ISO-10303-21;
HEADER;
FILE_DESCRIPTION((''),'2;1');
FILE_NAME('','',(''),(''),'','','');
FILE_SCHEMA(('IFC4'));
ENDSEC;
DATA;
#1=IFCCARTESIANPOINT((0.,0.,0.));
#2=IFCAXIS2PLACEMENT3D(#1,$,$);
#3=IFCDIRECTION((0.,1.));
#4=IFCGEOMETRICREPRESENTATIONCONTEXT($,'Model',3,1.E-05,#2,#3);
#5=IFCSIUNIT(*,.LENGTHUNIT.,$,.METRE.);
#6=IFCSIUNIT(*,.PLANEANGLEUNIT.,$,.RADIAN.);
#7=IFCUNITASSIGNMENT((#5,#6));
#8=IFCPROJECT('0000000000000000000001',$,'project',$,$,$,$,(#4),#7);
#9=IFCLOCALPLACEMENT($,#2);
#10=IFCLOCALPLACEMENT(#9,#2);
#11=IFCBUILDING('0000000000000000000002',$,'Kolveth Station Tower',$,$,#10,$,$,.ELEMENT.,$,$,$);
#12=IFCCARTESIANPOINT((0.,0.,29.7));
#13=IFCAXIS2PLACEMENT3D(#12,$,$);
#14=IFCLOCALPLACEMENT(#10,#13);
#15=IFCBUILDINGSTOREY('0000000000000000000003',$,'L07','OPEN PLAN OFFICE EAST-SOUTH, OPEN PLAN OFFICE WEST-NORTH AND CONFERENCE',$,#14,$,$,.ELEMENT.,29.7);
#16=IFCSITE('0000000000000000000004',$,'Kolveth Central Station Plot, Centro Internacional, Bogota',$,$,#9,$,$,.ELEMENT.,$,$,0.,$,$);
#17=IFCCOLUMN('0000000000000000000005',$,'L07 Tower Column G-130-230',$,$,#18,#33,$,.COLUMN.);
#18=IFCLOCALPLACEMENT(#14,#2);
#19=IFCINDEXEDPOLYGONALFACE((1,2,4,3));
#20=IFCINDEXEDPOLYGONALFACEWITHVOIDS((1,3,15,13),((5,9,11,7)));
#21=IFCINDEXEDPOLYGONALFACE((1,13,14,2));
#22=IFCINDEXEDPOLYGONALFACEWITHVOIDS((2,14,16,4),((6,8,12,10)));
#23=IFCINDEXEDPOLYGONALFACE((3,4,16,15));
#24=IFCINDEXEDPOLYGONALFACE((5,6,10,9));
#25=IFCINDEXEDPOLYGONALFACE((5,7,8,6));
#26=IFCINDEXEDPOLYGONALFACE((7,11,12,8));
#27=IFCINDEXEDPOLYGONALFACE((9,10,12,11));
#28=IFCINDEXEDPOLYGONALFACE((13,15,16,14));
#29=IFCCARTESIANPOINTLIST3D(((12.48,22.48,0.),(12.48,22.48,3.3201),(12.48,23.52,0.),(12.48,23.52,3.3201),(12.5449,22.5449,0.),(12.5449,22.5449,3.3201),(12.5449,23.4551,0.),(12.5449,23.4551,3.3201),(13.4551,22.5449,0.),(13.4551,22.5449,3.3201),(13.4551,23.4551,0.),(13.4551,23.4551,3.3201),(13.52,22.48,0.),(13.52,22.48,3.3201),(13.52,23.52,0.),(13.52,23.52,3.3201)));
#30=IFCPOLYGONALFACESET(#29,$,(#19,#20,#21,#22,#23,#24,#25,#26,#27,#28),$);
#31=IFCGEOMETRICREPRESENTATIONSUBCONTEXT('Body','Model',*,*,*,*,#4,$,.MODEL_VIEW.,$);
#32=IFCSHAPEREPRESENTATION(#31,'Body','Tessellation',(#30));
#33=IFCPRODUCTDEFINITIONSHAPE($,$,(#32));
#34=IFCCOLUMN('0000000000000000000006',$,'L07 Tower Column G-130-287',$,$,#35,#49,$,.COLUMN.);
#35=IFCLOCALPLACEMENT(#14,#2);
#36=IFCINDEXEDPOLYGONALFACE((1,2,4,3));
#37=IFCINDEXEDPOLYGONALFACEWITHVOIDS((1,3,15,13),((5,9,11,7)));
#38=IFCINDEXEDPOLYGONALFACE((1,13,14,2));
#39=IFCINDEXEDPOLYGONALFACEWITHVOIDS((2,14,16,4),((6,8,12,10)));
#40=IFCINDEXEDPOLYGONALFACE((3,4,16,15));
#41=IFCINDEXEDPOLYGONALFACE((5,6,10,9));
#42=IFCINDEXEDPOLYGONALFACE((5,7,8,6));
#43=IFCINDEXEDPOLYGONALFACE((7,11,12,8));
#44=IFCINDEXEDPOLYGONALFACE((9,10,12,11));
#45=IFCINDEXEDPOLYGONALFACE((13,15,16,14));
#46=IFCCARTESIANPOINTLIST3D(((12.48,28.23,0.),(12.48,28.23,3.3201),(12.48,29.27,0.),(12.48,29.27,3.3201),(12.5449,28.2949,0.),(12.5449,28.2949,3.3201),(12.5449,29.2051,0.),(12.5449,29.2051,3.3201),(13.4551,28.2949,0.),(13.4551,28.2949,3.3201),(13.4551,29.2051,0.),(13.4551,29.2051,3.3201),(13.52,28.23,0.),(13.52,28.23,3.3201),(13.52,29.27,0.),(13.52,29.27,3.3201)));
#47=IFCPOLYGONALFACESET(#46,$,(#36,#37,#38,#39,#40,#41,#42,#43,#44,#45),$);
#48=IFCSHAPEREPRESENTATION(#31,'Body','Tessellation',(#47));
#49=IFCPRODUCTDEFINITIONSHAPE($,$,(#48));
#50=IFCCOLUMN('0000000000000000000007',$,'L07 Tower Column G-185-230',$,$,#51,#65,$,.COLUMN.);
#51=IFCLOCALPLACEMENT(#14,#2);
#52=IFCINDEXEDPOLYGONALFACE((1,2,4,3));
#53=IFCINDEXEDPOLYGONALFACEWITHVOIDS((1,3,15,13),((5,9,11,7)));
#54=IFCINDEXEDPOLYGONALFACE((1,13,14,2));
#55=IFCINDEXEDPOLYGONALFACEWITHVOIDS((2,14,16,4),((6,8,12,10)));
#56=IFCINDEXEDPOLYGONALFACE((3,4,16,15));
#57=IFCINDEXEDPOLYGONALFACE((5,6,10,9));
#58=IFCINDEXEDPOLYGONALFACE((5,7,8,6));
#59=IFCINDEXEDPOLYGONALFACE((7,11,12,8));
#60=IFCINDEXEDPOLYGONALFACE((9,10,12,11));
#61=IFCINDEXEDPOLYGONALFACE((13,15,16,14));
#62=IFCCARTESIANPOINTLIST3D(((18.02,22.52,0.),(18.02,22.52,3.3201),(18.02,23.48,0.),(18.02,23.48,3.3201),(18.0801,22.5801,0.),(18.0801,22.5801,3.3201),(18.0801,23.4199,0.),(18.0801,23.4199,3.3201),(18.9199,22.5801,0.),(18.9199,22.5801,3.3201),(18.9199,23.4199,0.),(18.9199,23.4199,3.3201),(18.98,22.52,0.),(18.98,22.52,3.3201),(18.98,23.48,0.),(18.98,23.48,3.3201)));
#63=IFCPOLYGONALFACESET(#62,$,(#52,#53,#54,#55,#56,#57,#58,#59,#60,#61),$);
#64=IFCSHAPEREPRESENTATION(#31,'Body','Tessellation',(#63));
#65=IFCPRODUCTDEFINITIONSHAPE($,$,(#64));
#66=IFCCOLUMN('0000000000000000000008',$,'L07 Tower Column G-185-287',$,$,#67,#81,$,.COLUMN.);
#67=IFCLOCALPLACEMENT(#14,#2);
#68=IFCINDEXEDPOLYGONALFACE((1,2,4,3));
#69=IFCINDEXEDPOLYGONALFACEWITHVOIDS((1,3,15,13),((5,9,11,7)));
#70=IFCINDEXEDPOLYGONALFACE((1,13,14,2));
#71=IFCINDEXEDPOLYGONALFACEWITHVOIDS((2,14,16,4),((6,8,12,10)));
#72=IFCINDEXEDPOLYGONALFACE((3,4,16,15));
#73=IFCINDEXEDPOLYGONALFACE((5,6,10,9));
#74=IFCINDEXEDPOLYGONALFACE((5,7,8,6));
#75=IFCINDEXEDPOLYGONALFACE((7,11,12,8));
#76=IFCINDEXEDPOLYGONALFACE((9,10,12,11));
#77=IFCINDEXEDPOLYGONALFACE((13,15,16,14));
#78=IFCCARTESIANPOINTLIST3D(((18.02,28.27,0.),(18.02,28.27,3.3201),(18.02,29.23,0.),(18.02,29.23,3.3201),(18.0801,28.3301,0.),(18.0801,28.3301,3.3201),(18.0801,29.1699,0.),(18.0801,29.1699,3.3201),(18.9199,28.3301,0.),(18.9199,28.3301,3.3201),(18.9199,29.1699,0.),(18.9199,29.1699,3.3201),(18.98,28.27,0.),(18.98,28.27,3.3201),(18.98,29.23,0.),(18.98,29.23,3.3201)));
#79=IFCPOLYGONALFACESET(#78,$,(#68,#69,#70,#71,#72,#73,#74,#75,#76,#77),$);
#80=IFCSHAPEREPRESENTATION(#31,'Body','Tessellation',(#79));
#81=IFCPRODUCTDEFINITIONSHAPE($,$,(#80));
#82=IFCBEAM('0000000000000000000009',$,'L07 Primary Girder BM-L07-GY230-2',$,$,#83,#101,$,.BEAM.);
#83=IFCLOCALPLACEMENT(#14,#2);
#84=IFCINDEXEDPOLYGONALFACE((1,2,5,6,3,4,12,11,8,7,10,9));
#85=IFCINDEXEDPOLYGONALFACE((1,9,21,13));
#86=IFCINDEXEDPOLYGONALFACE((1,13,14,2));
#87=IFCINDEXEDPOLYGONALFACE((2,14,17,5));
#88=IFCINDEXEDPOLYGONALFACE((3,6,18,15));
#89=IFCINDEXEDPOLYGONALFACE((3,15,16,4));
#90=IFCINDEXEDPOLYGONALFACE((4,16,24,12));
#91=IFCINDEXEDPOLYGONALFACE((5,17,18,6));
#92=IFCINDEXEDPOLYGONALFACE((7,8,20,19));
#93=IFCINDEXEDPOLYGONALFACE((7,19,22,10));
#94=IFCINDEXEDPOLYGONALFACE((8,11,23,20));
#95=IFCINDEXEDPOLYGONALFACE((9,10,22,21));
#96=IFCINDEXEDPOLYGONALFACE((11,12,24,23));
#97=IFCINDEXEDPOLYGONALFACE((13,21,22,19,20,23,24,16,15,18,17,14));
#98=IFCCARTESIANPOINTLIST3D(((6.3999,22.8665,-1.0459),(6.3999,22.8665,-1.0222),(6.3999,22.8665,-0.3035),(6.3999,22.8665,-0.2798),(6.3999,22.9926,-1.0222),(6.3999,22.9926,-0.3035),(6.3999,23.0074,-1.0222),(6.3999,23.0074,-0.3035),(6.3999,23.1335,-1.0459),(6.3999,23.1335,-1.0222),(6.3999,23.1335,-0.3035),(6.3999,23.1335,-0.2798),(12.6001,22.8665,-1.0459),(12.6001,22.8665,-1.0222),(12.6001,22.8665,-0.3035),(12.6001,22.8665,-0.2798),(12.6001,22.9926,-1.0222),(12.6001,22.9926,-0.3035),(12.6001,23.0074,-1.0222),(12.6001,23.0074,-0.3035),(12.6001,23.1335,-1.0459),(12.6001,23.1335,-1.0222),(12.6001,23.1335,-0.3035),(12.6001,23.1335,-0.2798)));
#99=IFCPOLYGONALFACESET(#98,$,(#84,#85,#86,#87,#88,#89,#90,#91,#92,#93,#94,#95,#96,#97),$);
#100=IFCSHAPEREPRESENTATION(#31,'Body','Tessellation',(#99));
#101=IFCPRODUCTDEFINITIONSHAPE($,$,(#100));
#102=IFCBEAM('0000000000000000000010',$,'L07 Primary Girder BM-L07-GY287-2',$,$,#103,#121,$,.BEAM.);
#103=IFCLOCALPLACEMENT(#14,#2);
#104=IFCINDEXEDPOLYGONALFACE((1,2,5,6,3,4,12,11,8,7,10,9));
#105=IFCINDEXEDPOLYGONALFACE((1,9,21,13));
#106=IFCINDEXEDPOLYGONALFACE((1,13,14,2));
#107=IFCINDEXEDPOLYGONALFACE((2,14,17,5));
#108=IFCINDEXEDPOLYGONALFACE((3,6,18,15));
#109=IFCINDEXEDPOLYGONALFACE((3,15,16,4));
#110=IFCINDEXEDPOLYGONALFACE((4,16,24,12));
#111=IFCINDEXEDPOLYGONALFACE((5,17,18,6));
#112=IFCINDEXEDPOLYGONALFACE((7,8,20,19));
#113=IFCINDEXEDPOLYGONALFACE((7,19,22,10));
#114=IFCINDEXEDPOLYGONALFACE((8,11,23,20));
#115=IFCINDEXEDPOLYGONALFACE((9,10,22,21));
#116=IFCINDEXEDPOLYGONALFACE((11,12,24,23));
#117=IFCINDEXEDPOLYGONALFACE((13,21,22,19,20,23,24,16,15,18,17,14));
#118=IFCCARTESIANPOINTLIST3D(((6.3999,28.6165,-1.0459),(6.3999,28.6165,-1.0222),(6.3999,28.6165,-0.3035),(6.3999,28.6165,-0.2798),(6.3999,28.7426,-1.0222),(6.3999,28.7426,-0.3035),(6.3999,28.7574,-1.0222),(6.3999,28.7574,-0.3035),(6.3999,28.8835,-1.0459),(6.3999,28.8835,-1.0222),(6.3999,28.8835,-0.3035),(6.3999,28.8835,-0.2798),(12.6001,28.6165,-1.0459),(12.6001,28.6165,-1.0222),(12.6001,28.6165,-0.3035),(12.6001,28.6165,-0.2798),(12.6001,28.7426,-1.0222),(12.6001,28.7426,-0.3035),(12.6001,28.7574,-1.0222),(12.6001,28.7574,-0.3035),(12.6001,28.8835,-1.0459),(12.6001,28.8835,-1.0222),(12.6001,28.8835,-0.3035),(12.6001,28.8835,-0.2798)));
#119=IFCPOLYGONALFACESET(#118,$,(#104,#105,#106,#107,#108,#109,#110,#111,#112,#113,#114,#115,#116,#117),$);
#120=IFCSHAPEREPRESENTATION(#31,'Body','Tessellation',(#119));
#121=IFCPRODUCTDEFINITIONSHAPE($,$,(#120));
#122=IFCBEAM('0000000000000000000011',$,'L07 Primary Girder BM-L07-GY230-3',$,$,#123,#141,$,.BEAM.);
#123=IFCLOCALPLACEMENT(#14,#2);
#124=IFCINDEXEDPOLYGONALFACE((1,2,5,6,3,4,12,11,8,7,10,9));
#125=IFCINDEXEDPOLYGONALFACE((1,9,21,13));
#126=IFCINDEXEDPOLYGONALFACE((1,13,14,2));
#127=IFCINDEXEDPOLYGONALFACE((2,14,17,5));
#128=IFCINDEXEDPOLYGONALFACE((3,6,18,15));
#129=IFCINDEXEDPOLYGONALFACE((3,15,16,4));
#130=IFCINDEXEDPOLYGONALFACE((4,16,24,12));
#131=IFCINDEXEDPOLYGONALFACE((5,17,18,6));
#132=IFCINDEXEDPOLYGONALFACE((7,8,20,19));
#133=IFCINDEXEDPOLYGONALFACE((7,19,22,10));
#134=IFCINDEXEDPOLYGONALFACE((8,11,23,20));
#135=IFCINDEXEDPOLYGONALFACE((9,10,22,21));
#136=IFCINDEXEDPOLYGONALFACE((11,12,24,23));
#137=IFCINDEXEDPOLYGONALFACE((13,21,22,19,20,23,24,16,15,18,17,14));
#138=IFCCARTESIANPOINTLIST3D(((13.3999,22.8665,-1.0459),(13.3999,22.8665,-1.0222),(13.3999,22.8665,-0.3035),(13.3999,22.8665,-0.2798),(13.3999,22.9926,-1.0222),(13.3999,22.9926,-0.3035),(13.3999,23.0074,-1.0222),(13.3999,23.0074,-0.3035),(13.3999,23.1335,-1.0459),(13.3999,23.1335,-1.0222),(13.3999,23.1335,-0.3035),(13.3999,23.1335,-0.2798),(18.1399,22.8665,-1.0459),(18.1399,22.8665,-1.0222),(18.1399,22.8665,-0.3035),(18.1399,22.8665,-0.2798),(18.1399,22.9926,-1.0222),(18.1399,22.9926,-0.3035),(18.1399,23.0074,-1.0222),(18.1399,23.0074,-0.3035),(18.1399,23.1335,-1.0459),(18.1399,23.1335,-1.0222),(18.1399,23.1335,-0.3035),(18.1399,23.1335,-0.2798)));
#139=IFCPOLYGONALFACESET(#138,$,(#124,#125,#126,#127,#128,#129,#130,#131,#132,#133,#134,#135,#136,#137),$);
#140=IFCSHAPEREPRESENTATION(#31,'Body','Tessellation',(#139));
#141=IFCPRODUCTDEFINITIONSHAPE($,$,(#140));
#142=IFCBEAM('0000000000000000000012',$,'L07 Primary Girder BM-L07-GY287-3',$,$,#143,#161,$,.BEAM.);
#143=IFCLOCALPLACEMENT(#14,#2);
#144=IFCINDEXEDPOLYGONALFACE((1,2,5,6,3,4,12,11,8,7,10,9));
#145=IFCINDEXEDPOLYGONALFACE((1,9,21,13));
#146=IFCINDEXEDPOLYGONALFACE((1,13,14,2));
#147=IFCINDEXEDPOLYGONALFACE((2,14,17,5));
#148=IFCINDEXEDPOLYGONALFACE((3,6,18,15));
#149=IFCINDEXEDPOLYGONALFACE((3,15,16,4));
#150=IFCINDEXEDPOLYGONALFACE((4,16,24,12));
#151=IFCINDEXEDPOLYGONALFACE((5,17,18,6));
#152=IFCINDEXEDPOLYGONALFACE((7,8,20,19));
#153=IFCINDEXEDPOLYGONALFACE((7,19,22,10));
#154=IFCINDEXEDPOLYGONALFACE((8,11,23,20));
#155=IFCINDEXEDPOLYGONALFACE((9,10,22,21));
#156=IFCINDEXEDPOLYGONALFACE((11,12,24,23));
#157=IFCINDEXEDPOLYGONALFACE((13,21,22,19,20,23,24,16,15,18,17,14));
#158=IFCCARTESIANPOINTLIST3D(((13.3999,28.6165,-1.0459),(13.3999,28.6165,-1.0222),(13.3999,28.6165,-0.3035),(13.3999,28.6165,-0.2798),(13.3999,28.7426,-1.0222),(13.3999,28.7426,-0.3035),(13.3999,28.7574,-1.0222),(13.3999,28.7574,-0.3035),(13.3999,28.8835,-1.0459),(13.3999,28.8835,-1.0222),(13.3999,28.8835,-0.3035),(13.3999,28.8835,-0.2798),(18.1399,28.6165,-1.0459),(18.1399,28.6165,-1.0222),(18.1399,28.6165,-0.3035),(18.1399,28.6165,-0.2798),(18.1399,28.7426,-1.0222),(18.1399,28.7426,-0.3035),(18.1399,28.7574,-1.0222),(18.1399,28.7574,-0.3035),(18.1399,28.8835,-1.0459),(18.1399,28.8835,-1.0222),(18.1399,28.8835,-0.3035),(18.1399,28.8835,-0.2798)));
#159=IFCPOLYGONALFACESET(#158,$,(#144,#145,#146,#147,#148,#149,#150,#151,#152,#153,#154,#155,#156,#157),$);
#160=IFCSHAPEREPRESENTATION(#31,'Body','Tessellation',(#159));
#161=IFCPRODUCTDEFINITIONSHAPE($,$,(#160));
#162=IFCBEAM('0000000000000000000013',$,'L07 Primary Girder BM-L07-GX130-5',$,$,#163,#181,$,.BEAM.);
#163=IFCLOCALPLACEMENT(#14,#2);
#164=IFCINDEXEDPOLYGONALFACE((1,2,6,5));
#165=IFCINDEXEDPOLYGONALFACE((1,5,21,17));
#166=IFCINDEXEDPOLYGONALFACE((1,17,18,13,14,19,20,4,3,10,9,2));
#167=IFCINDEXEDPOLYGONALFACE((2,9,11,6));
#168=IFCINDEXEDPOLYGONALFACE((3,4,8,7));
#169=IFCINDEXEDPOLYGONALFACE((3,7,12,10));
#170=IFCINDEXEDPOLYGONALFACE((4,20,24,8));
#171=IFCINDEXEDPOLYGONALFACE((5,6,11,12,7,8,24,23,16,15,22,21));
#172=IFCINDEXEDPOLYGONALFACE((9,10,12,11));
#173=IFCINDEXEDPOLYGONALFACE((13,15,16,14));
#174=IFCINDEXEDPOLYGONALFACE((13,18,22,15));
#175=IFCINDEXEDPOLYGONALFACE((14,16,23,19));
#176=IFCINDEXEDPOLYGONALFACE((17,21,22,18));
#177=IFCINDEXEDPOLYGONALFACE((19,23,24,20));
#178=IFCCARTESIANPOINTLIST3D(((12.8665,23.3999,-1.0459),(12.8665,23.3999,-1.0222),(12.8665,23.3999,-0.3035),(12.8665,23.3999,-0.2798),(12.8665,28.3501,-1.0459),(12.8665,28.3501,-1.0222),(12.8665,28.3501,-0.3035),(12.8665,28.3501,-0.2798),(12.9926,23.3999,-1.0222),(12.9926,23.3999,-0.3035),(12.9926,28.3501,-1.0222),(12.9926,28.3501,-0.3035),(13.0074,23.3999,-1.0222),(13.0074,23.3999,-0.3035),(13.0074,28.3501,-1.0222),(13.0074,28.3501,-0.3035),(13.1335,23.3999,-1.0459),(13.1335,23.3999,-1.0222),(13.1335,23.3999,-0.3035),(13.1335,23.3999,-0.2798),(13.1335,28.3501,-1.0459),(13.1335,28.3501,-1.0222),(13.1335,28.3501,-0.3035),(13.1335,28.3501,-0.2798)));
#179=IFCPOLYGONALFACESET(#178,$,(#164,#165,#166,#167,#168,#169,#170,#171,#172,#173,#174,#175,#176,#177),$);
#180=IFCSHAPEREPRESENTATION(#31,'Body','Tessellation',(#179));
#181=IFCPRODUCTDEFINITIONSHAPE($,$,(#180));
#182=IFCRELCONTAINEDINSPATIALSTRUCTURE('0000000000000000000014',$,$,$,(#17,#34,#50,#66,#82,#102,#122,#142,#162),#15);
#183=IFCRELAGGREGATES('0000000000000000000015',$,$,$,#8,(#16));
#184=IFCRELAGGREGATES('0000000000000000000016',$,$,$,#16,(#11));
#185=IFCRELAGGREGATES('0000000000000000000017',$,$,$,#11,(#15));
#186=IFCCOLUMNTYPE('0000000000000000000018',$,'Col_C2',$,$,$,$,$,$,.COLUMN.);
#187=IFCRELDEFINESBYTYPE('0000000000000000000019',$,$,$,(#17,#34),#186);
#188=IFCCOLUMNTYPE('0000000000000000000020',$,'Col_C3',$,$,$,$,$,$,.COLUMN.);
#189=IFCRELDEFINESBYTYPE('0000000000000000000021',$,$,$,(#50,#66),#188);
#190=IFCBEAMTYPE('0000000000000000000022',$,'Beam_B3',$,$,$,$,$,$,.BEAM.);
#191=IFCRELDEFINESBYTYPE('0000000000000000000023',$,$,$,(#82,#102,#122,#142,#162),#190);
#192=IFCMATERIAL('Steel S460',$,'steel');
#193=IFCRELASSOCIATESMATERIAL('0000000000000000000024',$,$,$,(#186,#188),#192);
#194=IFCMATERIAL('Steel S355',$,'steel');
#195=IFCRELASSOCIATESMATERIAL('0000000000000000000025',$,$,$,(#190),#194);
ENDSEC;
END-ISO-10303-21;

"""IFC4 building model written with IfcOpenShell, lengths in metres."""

from ifc_helpers import new_model, si_unit, direction, frame, origin, origin_2d, place, context, subcontext, project, spatial, hollow_rectangle, i_section, extrude, source, transform, mapped, material, material_profile, profile_set, type_object, element, save


model = new_model("IFC4")

# Units and contexts
model_context = context("Model", 3, precision=1e-05, world=origin(), true_north=direction((0.0, 1.0)))
body_context = subcontext(model_context, "Body", "Model", "MODEL_VIEW")
ifc_project = project(units=[si_unit("LENGTHUNIT", "METRE"), si_unit("PLANEANGLEUNIT", "RADIAN")], contexts=[model_context])

# Site, building, storey
site_placement = place(None, origin())
site = spatial("IfcSite", under=ifc_project, at=site_placement, Name="Kolveth Central Station Plot, Centro Internacional, Bogota", CompositionType="ELEMENT", RefElevation=0.0)
building_placement = place(site_placement, origin())
building = spatial("IfcBuilding", under=site, at=building_placement, Name="Kolveth Station Tower", CompositionType="ELEMENT")
storey_placement = place(building_placement, frame((0.0, 0.0, 29.7)))
storey = spatial("IfcBuildingStorey", under=building, at=storey_placement, Name="L07", Description="OPEN PLAN OFFICE EAST-SOUTH, OPEN PLAN OFFICE WEST-NORTH AND CONFERENCE", CompositionType="ELEMENT", Elevation=29.7)

# Columns
ifc_material_1 = material(Name="Steel S460", Category="steel")
ifc_material_profile_1 = material_profile(ifc_material_1, hollow_rectangle(XDim=1.04, YDim=1.04, WallThickness=0.0649, at=origin_2d()), Name="BOX1040x1040x65")
ifc_profile_set_1 = profile_set([ifc_material_profile_1], Name="Steel S460")
column_type_1 = type_object("IfcColumnType", Name="Col_C2", PredefinedType="COLUMN", material=ifc_profile_set_1)
shared_shape_1 = source(origin(), body_context, "Body", "SweptSolid", [
    extrude(hollow_rectangle(XDim=1.04, YDim=1.04, WallThickness=0.0649, at=origin_2d()), origin(), (0.0, 0.0, 1.0), 3.3201),
])
for number, where, z_axis, x_axis, name in (
    (1, (13.0, 23.0, 0.0), (0.0, 0.0, 1.0), (1.0, 0.0, 0.0), "L07 Tower Column G-130-230"),
    (2, (13.0, 28.75, 0.0), (0.0, 0.0, 1.0), (1.0, 0.0, 0.0), "L07 Tower Column G-130-287"),
):
    element("IfcColumn", number, at=place(storey_placement, frame(where, z_axis=z_axis, x_axis=x_axis)), inside=storey, type_object=column_type_1, Name=name, PredefinedType="COLUMN", context=body_context, shape_type="MappedRepresentation", body=[
        mapped(shared_shape_1, transform((0.0, 0.0, 0.0), x_axis=(1.0, 0.0, 0.0), y_axis=(0.0, 1.0, 0.0), z_axis=(0.0, 0.0, 1.0), scale=1.0)),
    ])
ifc_material_profile_2 = material_profile(ifc_material_1, hollow_rectangle(XDim=0.96, YDim=0.96, WallThickness=0.0601, at=origin_2d()), Name="BOX960x960x60")
ifc_profile_set_2 = profile_set([ifc_material_profile_2], Name="Steel S460")
column_type_2 = type_object("IfcColumnType", Name="Col_C3", PredefinedType="COLUMN", material=ifc_profile_set_2)
shared_shape_2 = source(origin(), body_context, "Body", "SweptSolid", [
    extrude(hollow_rectangle(XDim=0.96, YDim=0.96, WallThickness=0.0601, at=origin_2d()), origin(), (0.0, 0.0, 1.0), 3.3201),
])
for number, where, z_axis, x_axis, name in (
    (3, (18.5, 23.0, 0.0), (0.0, 0.0, 1.0), (1.0, 0.0, 0.0), "L07 Tower Column G-185-230"),
    (4, (18.5, 28.75, 0.0), (0.0, 0.0, 1.0), (1.0, 0.0, 0.0), "L07 Tower Column G-185-287"),
):
    element("IfcColumn", number, at=place(storey_placement, frame(where, z_axis=z_axis, x_axis=x_axis)), inside=storey, type_object=column_type_2, Name=name, PredefinedType="COLUMN", context=body_context, shape_type="MappedRepresentation", body=[
        mapped(shared_shape_2, transform((0.0, 0.0, 0.0), x_axis=(1.0, 0.0, 0.0), y_axis=(0.0, 1.0, 0.0), z_axis=(0.0, 0.0, 1.0), scale=1.0)),
    ])

# Beams
ifc_material_2 = material(Name="Steel S355", Category="steel")
ifc_material_profile_3 = material_profile(ifc_material_2, i_section(OverallWidth=0.2671, OverallDepth=0.7661, WebThickness=0.0149, FlangeThickness=0.0237, at=origin_2d()), Name="W760x185")
ifc_profile_set_3 = profile_set([ifc_material_profile_3], Name="Steel S355")
beam_type_1 = type_object("IfcBeamType", Name="Beam_B3", PredefinedType="BEAM", material=ifc_profile_set_3)
shared_shape_3 = source(origin(), body_context, "Body", "SweptSolid", [
    extrude(i_section(OverallWidth=0.2671, OverallDepth=0.7661, WebThickness=0.0149, FlangeThickness=0.0237, at=origin_2d()), origin(), (0.0, 0.0, 1.0), 6.2002),
])
for number, where, z_axis, x_axis, name in (
    (5, (6.3999, 23.0, -0.6628), (1.0, 0.0, 0.0), (0.0, 1.0, 0.0), "L07 Primary Girder BM-L07-GY230-2"),
    (6, (6.3999, 28.75, -0.6628), (1.0, 0.0, 0.0), (0.0, 1.0, 0.0), "L07 Primary Girder BM-L07-GY287-2"),
):
    element("IfcBeam", number, at=place(storey_placement, frame(where, z_axis=z_axis, x_axis=x_axis)), inside=storey, type_object=beam_type_1, Name=name, PredefinedType="BEAM", context=body_context, shape_type="MappedRepresentation", body=[
        mapped(shared_shape_3, transform((0.0, 0.0, 0.0), x_axis=(1.0, 0.0, 0.0), y_axis=(0.0, 1.0, 0.0), z_axis=(0.0, 0.0, 1.0), scale=1.0)),
    ])
shared_shape_4 = source(origin(), body_context, "Body", "SweptSolid", [
    extrude(i_section(OverallWidth=0.2671, OverallDepth=0.7661, WebThickness=0.0149, FlangeThickness=0.0237, at=origin_2d()), origin(), (0.0, 0.0, 1.0), 4.74),
])
for number, where, z_axis, x_axis, name in (
    (7, (13.3999, 23.0, -0.6628), (1.0, 0.0, 0.0), (0.0, 1.0, 0.0), "L07 Primary Girder BM-L07-GY230-3"),
    (8, (13.3999, 28.75, -0.6628), (1.0, 0.0, 0.0), (0.0, 1.0, 0.0), "L07 Primary Girder BM-L07-GY287-3"),
):
    element("IfcBeam", number, at=place(storey_placement, frame(where, z_axis=z_axis, x_axis=x_axis)), inside=storey, type_object=beam_type_1, Name=name, PredefinedType="BEAM", context=body_context, shape_type="MappedRepresentation", body=[
        mapped(shared_shape_4, transform((0.0, 0.0, 0.0), x_axis=(1.0, 0.0, 0.0), y_axis=(0.0, 1.0, 0.0), z_axis=(0.0, 0.0, 1.0), scale=1.0)),
    ])
shared_shape_5 = source(origin(), body_context, "Body", "SweptSolid", [
    extrude(i_section(OverallWidth=0.2671, OverallDepth=0.7661, WebThickness=0.0149, FlangeThickness=0.0237, at=origin_2d()), origin(), (0.0, 0.0, 1.0), 4.9502),
])
beam_1_placement = place(storey_placement, frame((13.0, 23.3999, -0.6628), z_axis=(0.0, 1.0, 0.0), x_axis=(-1.0, 0.0, 0.0)))
element("IfcBeam", 9, at=beam_1_placement, inside=storey, type_object=beam_type_1, Name="L07 Primary Girder BM-L07-GX130-5", PredefinedType="BEAM", context=body_context, shape_type="MappedRepresentation", body=[
    mapped(shared_shape_5, transform((0.0, 0.0, 0.0), x_axis=(1.0, 0.0, 0.0), y_axis=(0.0, 1.0, 0.0), z_axis=(0.0, 0.0, 1.0), scale=1.0)),
])

save(model, "model.ifc")
